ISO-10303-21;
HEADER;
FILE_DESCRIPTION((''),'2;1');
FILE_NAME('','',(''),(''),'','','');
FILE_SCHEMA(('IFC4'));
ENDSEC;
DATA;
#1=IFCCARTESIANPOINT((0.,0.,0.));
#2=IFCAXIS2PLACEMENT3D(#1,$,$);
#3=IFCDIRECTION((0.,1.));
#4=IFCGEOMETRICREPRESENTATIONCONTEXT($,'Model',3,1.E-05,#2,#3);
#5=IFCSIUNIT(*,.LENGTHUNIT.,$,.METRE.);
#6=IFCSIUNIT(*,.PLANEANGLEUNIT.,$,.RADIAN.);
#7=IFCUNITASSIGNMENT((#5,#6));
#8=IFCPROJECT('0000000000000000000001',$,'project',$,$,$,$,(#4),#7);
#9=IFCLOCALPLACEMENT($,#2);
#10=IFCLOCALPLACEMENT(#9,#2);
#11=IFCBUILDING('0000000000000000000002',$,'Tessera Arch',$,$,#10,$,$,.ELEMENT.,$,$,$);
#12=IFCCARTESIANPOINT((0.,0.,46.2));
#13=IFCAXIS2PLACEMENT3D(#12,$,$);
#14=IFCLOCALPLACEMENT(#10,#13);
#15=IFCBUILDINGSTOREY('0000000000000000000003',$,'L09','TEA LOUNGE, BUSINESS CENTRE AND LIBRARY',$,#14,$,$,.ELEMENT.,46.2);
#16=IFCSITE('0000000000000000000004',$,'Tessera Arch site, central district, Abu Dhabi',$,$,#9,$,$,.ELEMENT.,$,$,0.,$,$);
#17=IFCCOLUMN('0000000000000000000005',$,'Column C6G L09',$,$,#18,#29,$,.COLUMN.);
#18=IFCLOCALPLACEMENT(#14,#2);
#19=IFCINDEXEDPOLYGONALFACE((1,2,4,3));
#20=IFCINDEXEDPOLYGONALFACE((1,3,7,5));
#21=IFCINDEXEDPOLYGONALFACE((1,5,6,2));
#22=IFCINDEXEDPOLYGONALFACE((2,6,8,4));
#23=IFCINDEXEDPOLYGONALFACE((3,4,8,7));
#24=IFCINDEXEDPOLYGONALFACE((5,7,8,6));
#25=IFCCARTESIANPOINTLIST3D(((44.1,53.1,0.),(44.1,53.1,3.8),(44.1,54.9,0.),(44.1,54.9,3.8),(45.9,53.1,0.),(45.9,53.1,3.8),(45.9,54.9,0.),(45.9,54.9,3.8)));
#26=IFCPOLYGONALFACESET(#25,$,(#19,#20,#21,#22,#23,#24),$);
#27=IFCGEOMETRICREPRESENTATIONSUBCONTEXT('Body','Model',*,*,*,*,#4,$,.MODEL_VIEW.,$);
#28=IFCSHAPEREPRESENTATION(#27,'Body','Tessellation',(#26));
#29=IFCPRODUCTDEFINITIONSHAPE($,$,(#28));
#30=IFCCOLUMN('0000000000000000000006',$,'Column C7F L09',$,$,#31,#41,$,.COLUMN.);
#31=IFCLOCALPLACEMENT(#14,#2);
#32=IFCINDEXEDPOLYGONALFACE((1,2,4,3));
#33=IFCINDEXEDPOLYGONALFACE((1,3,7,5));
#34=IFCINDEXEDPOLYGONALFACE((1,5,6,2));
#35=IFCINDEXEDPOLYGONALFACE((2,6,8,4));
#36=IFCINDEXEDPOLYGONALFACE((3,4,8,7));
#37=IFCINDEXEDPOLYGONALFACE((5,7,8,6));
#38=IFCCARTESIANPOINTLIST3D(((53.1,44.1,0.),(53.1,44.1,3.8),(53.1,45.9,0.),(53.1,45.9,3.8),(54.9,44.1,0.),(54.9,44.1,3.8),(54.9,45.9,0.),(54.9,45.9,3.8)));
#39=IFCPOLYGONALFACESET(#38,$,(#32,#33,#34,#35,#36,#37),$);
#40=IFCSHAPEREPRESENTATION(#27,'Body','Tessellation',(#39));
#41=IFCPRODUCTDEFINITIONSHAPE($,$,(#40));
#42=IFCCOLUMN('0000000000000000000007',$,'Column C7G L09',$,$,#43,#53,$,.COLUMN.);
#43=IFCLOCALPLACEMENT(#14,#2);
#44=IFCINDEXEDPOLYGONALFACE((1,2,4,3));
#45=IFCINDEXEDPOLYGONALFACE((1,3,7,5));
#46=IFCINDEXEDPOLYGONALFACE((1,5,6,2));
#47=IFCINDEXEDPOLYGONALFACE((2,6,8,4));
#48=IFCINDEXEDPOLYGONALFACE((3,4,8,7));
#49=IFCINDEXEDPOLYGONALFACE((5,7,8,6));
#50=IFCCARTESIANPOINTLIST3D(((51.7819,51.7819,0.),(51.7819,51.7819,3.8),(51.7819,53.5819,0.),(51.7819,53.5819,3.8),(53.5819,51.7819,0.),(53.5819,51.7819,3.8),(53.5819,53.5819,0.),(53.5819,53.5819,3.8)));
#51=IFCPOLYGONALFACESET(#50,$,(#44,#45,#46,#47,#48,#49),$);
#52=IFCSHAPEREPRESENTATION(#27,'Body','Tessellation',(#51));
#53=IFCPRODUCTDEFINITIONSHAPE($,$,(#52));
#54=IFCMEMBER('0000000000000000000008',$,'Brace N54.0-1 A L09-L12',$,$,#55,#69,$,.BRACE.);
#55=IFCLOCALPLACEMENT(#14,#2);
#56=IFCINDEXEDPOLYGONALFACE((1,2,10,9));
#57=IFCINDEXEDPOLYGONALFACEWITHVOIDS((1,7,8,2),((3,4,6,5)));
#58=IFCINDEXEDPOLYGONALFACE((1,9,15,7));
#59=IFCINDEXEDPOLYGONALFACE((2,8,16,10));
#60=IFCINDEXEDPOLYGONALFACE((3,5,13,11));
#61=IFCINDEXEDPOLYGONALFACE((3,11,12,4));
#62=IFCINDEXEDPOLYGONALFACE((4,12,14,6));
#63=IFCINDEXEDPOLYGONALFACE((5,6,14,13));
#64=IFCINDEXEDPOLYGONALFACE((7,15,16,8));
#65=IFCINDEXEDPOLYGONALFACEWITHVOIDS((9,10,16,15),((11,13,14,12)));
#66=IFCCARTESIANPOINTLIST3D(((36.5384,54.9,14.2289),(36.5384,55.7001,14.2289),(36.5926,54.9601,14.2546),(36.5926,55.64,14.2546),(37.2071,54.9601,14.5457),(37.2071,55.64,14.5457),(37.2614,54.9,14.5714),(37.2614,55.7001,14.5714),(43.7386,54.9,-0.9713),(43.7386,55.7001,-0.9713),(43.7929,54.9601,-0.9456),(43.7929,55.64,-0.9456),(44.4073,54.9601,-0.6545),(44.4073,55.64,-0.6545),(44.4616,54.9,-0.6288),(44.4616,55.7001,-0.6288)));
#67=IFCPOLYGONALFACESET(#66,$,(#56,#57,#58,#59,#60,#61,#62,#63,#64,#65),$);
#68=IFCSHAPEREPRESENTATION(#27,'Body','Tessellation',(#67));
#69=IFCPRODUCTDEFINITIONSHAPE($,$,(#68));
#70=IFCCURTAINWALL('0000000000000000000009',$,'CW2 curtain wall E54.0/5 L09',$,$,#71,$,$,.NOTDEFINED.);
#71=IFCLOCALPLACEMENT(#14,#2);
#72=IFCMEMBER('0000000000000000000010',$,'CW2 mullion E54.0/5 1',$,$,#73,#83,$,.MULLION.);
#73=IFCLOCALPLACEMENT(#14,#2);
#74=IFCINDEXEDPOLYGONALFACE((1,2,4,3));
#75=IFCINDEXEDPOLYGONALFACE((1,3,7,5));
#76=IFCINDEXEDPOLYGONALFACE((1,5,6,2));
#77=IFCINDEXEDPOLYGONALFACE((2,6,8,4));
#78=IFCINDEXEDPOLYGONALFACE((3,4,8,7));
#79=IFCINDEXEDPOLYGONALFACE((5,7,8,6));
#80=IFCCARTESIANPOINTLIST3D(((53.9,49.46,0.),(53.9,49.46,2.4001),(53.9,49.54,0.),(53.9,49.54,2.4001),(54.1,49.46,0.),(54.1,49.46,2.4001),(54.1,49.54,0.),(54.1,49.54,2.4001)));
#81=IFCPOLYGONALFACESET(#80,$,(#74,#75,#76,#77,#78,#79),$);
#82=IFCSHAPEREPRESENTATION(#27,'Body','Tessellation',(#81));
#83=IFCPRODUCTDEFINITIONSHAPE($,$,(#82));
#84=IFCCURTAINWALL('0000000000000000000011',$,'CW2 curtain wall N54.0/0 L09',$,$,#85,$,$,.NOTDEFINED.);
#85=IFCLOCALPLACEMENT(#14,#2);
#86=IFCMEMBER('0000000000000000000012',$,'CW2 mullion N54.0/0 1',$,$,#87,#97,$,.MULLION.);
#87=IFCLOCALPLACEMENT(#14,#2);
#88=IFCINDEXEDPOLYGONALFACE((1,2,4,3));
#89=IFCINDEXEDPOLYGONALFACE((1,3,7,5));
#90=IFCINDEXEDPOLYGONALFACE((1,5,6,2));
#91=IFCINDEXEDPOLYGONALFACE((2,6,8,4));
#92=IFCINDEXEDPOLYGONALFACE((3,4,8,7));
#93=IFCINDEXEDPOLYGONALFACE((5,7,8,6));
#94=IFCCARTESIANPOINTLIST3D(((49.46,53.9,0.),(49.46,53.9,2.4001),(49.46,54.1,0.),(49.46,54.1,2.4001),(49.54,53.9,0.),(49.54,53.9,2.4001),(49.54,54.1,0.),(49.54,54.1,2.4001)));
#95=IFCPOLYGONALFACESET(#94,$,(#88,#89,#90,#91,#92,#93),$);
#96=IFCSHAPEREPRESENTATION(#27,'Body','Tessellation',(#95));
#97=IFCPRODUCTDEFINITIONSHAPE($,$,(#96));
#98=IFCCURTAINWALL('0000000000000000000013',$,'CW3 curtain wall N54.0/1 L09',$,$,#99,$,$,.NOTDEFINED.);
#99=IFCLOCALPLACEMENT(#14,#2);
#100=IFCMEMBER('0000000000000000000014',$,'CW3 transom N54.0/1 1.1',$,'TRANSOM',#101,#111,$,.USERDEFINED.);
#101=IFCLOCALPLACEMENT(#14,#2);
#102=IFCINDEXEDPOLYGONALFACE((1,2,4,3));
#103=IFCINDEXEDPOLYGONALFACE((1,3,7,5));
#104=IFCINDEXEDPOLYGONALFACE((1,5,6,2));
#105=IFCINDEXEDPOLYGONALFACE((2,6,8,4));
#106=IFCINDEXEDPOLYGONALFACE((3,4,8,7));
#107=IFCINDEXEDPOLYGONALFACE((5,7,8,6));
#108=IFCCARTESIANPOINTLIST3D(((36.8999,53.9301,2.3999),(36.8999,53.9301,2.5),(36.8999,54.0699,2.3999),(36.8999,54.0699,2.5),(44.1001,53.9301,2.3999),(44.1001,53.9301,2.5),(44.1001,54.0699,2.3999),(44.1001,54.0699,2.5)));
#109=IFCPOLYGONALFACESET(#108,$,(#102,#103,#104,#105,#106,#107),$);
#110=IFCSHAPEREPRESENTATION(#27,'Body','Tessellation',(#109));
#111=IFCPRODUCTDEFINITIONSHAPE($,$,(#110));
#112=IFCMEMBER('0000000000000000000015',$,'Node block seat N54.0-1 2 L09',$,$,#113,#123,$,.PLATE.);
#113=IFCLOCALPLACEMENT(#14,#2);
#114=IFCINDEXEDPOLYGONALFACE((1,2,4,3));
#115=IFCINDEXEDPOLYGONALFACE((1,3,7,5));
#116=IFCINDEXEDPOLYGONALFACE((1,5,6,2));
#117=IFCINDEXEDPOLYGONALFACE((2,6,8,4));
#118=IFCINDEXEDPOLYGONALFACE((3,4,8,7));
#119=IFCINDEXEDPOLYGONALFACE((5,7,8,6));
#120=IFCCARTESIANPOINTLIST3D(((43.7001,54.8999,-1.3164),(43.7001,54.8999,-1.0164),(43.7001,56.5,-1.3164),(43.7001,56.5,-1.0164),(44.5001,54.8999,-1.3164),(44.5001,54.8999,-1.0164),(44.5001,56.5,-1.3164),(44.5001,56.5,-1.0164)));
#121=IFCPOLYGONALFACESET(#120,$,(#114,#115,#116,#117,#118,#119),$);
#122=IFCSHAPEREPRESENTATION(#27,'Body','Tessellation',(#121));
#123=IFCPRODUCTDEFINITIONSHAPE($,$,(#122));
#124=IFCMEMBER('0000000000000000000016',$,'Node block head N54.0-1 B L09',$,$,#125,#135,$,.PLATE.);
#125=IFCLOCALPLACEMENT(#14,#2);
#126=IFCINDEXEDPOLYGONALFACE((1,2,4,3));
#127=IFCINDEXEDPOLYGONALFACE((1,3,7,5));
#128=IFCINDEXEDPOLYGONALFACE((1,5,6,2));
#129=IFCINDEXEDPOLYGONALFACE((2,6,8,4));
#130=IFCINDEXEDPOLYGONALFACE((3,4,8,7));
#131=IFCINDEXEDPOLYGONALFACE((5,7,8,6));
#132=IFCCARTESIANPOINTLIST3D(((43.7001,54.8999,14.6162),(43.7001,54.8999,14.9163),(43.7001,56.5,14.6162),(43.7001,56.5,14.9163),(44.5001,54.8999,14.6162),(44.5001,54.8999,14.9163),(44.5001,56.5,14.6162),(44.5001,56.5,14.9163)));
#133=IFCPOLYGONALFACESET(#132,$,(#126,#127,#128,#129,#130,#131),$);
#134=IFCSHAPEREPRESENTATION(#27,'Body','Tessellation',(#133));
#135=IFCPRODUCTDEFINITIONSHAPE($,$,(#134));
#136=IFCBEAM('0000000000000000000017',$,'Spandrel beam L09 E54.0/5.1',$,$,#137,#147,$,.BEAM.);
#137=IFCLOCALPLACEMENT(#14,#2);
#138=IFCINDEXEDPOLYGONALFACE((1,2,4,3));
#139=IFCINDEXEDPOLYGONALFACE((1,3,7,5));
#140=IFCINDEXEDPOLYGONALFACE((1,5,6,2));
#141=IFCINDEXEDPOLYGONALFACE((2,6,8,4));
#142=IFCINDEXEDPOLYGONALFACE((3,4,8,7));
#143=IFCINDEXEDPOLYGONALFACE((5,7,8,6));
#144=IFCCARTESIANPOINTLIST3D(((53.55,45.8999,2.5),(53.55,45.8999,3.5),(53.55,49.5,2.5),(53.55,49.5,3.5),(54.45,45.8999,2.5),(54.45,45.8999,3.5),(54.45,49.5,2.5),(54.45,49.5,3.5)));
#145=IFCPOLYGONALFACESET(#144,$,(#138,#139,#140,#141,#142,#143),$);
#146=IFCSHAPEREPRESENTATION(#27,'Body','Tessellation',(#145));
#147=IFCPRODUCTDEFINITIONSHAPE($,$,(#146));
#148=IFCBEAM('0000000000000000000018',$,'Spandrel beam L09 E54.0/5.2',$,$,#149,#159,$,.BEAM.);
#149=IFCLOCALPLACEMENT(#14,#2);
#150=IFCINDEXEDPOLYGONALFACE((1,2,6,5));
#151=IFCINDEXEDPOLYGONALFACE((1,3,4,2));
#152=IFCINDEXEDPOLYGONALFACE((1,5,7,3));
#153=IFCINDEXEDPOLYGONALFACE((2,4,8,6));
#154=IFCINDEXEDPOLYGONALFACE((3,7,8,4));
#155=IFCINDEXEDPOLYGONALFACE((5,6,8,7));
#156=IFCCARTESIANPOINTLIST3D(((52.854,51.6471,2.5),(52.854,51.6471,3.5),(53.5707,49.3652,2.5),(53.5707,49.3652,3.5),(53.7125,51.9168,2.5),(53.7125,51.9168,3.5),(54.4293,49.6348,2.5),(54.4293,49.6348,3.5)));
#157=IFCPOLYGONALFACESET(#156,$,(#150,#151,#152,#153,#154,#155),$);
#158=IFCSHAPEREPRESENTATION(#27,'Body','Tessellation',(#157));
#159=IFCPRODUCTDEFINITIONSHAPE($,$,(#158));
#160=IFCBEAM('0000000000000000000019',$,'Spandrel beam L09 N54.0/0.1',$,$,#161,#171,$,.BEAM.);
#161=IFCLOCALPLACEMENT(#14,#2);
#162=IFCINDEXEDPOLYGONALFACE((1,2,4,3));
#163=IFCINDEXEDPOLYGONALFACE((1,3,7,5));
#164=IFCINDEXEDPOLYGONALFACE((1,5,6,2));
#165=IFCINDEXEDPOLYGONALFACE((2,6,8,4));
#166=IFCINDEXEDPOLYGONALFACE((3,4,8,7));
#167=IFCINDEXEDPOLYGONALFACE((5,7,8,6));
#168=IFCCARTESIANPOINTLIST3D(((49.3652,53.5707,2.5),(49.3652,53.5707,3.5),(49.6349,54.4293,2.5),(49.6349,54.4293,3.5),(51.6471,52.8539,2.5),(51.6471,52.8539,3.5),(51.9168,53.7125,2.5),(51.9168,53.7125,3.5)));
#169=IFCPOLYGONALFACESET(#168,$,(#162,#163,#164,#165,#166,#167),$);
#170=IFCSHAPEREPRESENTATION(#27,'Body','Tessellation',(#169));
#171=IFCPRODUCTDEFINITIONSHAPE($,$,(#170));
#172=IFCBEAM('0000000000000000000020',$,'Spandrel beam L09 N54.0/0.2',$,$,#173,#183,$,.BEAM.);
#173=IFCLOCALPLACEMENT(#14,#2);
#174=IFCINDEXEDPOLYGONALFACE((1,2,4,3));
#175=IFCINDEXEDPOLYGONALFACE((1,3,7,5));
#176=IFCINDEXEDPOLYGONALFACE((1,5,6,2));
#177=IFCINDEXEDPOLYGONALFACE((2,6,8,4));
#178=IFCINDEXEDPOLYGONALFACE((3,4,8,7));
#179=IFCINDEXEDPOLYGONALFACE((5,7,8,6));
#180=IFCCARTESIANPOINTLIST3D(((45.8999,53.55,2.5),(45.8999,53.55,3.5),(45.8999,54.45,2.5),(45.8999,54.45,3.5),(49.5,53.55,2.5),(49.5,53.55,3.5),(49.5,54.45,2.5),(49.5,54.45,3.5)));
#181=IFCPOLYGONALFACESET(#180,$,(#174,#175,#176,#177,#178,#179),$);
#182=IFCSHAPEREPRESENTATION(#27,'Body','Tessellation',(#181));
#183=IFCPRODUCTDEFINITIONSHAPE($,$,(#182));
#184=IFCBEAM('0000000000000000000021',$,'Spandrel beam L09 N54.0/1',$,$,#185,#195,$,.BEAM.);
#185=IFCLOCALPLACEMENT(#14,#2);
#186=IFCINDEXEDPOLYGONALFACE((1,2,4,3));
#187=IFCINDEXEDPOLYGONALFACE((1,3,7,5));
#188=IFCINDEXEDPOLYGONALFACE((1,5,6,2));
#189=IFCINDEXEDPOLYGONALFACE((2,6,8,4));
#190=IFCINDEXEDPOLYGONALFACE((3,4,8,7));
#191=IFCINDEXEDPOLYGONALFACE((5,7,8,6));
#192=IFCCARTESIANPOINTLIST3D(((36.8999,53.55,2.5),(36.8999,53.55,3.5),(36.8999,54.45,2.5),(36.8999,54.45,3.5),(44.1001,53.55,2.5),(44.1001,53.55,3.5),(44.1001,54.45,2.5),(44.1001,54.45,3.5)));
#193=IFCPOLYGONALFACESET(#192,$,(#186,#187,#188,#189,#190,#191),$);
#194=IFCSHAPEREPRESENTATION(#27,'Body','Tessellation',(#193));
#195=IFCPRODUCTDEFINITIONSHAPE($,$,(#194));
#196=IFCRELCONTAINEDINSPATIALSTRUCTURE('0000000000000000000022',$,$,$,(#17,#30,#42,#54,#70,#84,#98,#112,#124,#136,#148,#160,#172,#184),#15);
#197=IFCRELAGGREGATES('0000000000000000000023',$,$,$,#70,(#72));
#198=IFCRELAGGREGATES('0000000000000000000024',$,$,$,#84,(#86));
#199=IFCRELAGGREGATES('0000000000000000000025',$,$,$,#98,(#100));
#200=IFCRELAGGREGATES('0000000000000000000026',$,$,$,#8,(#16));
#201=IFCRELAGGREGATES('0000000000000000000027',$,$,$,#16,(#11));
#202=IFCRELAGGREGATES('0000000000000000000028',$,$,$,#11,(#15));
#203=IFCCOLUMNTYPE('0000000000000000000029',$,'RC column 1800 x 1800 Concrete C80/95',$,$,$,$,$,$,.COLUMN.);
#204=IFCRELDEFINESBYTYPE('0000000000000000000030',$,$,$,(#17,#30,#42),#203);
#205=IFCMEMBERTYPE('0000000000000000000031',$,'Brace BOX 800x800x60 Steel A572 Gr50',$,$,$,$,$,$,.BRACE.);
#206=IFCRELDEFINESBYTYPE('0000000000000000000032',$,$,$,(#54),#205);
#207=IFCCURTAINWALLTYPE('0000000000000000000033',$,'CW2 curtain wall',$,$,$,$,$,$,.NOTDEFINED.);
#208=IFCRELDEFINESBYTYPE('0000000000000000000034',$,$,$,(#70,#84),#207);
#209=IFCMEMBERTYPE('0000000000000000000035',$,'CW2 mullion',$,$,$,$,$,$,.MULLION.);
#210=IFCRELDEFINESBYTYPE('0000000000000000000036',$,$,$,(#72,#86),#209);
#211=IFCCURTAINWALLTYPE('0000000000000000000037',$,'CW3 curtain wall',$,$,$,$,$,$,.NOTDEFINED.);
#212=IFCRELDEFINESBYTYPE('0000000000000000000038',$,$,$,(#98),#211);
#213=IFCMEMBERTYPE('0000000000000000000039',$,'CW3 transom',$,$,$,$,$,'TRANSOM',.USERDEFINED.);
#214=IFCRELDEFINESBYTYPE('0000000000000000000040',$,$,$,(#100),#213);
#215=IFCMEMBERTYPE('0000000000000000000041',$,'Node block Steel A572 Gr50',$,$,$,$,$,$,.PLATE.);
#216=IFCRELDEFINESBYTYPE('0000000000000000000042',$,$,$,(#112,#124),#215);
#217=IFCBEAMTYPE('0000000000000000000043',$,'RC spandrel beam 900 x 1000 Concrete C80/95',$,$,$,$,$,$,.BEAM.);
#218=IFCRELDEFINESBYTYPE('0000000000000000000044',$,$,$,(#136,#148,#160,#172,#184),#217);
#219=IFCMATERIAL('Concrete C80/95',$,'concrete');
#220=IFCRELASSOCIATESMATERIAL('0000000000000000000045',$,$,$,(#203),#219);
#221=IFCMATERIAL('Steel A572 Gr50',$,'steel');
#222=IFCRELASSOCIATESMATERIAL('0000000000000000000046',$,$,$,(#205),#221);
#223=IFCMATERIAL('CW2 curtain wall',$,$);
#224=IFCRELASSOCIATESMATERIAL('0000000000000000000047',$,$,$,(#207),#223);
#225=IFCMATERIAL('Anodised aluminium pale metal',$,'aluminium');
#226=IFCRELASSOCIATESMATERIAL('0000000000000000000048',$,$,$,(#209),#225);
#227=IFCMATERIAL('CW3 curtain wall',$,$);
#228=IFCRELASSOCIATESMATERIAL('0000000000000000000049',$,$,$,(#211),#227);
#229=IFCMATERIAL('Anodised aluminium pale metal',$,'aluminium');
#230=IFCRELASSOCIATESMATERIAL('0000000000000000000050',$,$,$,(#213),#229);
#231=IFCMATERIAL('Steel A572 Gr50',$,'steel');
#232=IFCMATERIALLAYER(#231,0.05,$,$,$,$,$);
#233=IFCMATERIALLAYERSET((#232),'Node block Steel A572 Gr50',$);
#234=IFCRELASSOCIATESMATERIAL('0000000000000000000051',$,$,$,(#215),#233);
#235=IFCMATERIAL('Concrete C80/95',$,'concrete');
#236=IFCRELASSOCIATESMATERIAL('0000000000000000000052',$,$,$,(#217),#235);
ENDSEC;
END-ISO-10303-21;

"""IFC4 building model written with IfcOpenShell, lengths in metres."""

from ifc_helpers import new_model, si_unit, direction, frame, origin, origin_2d, place, context, subcontext, project, spatial, rectangle, hollow_rectangle, extrude, material, layer, layer_set, material_profile, profile_set, type_object, element, aggregate, save


model = new_model("IFC4")

# Units and contexts
model_context = context("Model", 3, precision=1e-05, world=origin(), true_north=direction((0.0, 1.0)))
body_context = subcontext(model_context, "Body", "Model", "MODEL_VIEW")
ifc_project = project(units=[si_unit("LENGTHUNIT", "METRE"), si_unit("PLANEANGLEUNIT", "RADIAN")], contexts=[model_context])

# Site, building, storey
site_placement = place(None, origin())
site = spatial("IfcSite", under=ifc_project, at=site_placement, Name="Tessera Arch site, central district, Abu Dhabi", CompositionType="ELEMENT", RefElevation=0.0)
building_placement = place(site_placement, origin())
building = spatial("IfcBuilding", under=site, at=building_placement, Name="Tessera Arch", CompositionType="ELEMENT")
storey_placement = place(building_placement, frame((0.0, 0.0, 46.2)))
storey = spatial("IfcBuildingStorey", under=building, at=storey_placement, Name="L09", Description="TEA LOUNGE, BUSINESS CENTRE AND LIBRARY", CompositionType="ELEMENT", Elevation=46.2)

# Columns
ifc_material_1 = material(Name="Concrete C80/95", Category="concrete")
ifc_material_profile_1 = material_profile(ifc_material_1, rectangle(XDim=1.8, YDim=1.8, at=origin_2d()), Name="RC column 1800 x 1800 Concrete C80/95")
ifc_profile_set_1 = profile_set([ifc_material_profile_1], Name="Concrete C80/95")
column_type = type_object("IfcColumnType", Name="RC column 1800 x 1800 Concrete C80/95", PredefinedType="COLUMN", material=ifc_profile_set_1)
for number, where, z_axis, x_axis, name in (
    (1, (45.0, 54.0, 0.0), (0.0, 0.0, 1.0), (1.0, 0.0, 0.0), "Column C6G L09"),
    (2, (54.0, 45.0, 0.0), (0.0, 0.0, 1.0), (1.0, 0.0, 0.0), "Column C7F L09"),
    (3, (52.6819, 52.6819, 0.0), (0.0, 0.0, 1.0), (1.0, 0.0, 0.0), "Column C7G L09"),
):
    element("IfcColumn", number, at=place(storey_placement, frame(where, z_axis=z_axis, x_axis=x_axis)), inside=storey, type_object=column_type, Name=name, PredefinedType="COLUMN", context=body_context, shape_type="SweptSolid", body=[
        extrude(rectangle(XDim=1.8, YDim=1.8, at=origin_2d()), origin(), (0.0, 0.0, 1.0), 3.8),
    ])

# Member
ifc_material_2 = material(Name="Steel A572 Gr50", Category="steel")
ifc_material_profile_2 = material_profile(ifc_material_2, hollow_rectangle(XDim=0.8, YDim=0.8, WallThickness=0.0601, at=origin_2d()), Name="BOX 800x800x60")
ifc_profile_set_2 = profile_set([ifc_material_profile_2], Name="Steel A572 Gr50")
member_type_1 = type_object("IfcMemberType", Name="Brace BOX 800x800x60 Steel A572 Gr50", PredefinedType="BRACE", material=ifc_profile_set_2)
member_1_placement = place(storey_placement, frame((44.1001, 55.3, -0.8), z_axis=(-0.428091, 0.0, 0.903735), x_axis=(0.0, -1.0, 0.0)))
element("IfcMember", 4, at=member_1_placement, inside=storey, type_object=member_type_1, Name="Brace N54.0-1 A L09-L12", PredefinedType="BRACE", context=body_context, shape_type="SweptSolid", body=[
    extrude(hollow_rectangle(XDim=0.8, YDim=0.8, WallThickness=0.0601, at=origin_2d()), origin(), (0.0, 0.0, 1.0), 16.8193),
])

# Curtain walls, members
ifc_material_3 = material(Name="CW2 curtain wall")
curtain_wall_type_1 = type_object("IfcCurtainWallType", Name="CW2 curtain wall", PredefinedType="NOTDEFINED", material=ifc_material_3)
curtain_wall_1_placement = place(storey_placement, origin())
curtain_wall_1 = element("IfcCurtainWall", 5, at=curtain_wall_1_placement, inside=storey, type_object=curtain_wall_type_1, Name="CW2 curtain wall E54.0/5 L09", PredefinedType="NOTDEFINED")
ifc_material_4 = material(Name="Anodised aluminium pale metal", Category="aluminium")
ifc_material_profile_3 = material_profile(ifc_material_4, rectangle(XDim=0.2, YDim=0.0801, at=origin_2d()), Name="AL 80x200")
ifc_profile_set_3 = profile_set([ifc_material_profile_3], Name="Anodised aluminium pale metal")
member_type_2 = type_object("IfcMemberType", Name="CW2 mullion", PredefinedType="MULLION", material=ifc_profile_set_3)
member_2_placement = place(storey_placement, frame((54.0, 49.5, 0.0), z_axis=(0.0, 0.0, 1.0), x_axis=(-1.0, 0.0, 0.0)))
member_2 = element("IfcMember", 6, at=member_2_placement, type_object=member_type_2, Name="CW2 mullion E54.0/5 1", PredefinedType="MULLION", context=body_context, shape_type="SweptSolid", body=[
    extrude(rectangle(XDim=0.2, YDim=0.0801, at=origin_2d()), origin(), (0.0, 0.0, 1.0), 2.4001),
])
curtain_wall_2_placement = place(storey_placement, origin())
curtain_wall_2 = element("IfcCurtainWall", 7, at=curtain_wall_2_placement, inside=storey, type_object=curtain_wall_type_1, Name="CW2 curtain wall N54.0/0 L09", PredefinedType="NOTDEFINED")
member_3_placement = place(storey_placement, frame((49.5, 54.0, 0.0), z_axis=(0.0, 0.0, 1.0), x_axis=(0.0, -1.0, 0.0)))
member_3 = element("IfcMember", 8, at=member_3_placement, type_object=member_type_2, Name="CW2 mullion N54.0/0 1", PredefinedType="MULLION", context=body_context, shape_type="SweptSolid", body=[
    extrude(rectangle(XDim=0.2, YDim=0.0801, at=origin_2d()), origin(), (0.0, 0.0, 1.0), 2.4001),
])
ifc_material_5 = material(Name="CW3 curtain wall")
curtain_wall_type_2 = type_object("IfcCurtainWallType", Name="CW3 curtain wall", PredefinedType="NOTDEFINED", material=ifc_material_5)
curtain_wall_3_placement = place(storey_placement, origin())
curtain_wall_3 = element("IfcCurtainWall", 9, at=curtain_wall_3_placement, inside=storey, type_object=curtain_wall_type_2, Name="CW3 curtain wall N54.0/1 L09", PredefinedType="NOTDEFINED")
ifc_material_6 = material(Name="Anodised aluminium pale metal", Category="aluminium")
ifc_material_profile_4 = material_profile(ifc_material_6, rectangle(XDim=0.1399, YDim=0.1001, at=origin_2d()), Name="AL 140x100")
ifc_profile_set_4 = profile_set([ifc_material_profile_4], Name="Anodised aluminium pale metal")
member_type_3 = type_object("IfcMemberType", Name="CW3 transom", ElementType="TRANSOM", PredefinedType="USERDEFINED", material=ifc_profile_set_4)
member_4_placement = place(storey_placement, frame((44.1001, 54.0, 2.45), z_axis=(-1.0, 0.0, 0.0), x_axis=(0.0, -1.0, 0.0)))
member_4 = element("IfcMember", 10, at=member_4_placement, type_object=member_type_3, Name="CW3 transom N54.0/1 1.1", ObjectType="TRANSOM", PredefinedType="USERDEFINED", context=body_context, shape_type="SweptSolid", body=[
    extrude(rectangle(XDim=0.1399, YDim=0.1001, at=origin_2d()), origin(), (0.0, 0.0, 1.0), 7.2002),
])

# Members
ifc_material_7 = material(Name="Steel A572 Gr50", Category="steel")
ifc_layer_1 = layer(ifc_material_7, 0.05)
ifc_layer_set_1 = layer_set([ifc_layer_1], Name="Node block Steel A572 Gr50")
member_type_4 = type_object("IfcMemberType", Name="Node block Steel A572 Gr50", PredefinedType="PLATE", material=ifc_layer_set_1)
for number, where, z_axis, x_axis, name in (
    (11, (44.1001, 55.7, -1.3164), (0.0, 0.0, 1.0), (-1.0, 0.0, 0.0), "Node block seat N54.0-1 2 L09"),
    (12, (44.1001, 55.7, 14.6162), (0.0, 0.0, 1.0), (-1.0, 0.0, 0.0), "Node block head N54.0-1 B L09"),
):
    element("IfcMember", number, at=place(storey_placement, frame(where, z_axis=z_axis, x_axis=x_axis)), inside=storey, type_object=member_type_4, Name=name, PredefinedType="PLATE", context=body_context, shape_type="SweptSolid", body=[
        extrude(rectangle(XDim=0.8, YDim=1.6001, at=origin_2d()), origin(), (0.0, 0.0, 1.0), 0.3),
    ])

# Beams
ifc_material_8 = material(Name="Concrete C80/95", Category="concrete")
ifc_material_profile_5 = material_profile(ifc_material_8, rectangle(XDim=0.8999, YDim=1.0, at=origin_2d()), Name="RC spandrel beam 900 x 1000 Concrete C80/95")
ifc_profile_set_5 = profile_set([ifc_material_profile_5], Name="Concrete C80/95")
beam_type = type_object("IfcBeamType", Name="RC spandrel beam 900 x 1000 Concrete C80/95", PredefinedType="BEAM", material=ifc_profile_set_5)
beam_1_placement = place(storey_placement, frame((54.0, 45.8999, 3.0), z_axis=(0.0, 1.0, 0.0), x_axis=(-1.0, 0.0, 0.0)))
element("IfcBeam", 13, at=beam_1_placement, inside=storey, type_object=beam_type, Name="Spandrel beam L09 E54.0/5.1", PredefinedType="BEAM", context=body_context, shape_type="SweptSolid", body=[
    extrude(rectangle(XDim=0.8999, YDim=1.0, at=origin_2d()), origin(), (0.0, 0.0, 1.0), 3.6001),
])
for number, where, z_axis, x_axis, name in (
    (14, (54.0, 49.5, 3.0), (-0.299675, 0.954041, 0.0), (-0.954041, -0.299675, 0.0), "Spandrel beam L09 E54.0/5.2"),
    (15, (51.782, 53.2832, 3.0), (-0.954041, 0.299675, 0.0), (-0.299675, -0.954041, 0.0), "Spandrel beam L09 N54.0/0.1"),
):
    element("IfcBeam", number, at=place(storey_placement, frame(where, z_axis=z_axis, x_axis=x_axis)), inside=storey, type_object=beam_type, Name=name, PredefinedType="BEAM", context=body_context, shape_type="SweptSolid", body=[
        extrude(rectangle(XDim=0.8999, YDim=1.0, at=origin_2d()), origin(), (0.0, 0.0, 1.0), 2.3918),
    ])
beam_2_placement = place(storey_placement, frame((49.5, 54.0, 3.0), z_axis=(-1.0, 0.0, 0.0), x_axis=(0.0, -1.0, 0.0)))
element("IfcBeam", 16, at=beam_2_placement, inside=storey, type_object=beam_type, Name="Spandrel beam L09 N54.0/0.2", PredefinedType="BEAM", context=body_context, shape_type="SweptSolid", body=[
    extrude(rectangle(XDim=0.8999, YDim=1.0, at=origin_2d()), origin(), (0.0, 0.0, 1.0), 3.6001),
])
beam_3_placement = place(storey_placement, frame((44.1001, 54.0, 3.0), z_axis=(-1.0, 0.0, 0.0), x_axis=(0.0, -1.0, 0.0)))
element("IfcBeam", 17, at=beam_3_placement, inside=storey, type_object=beam_type, Name="Spandrel beam L09 N54.0/1", PredefinedType="BEAM", context=body_context, shape_type="SweptSolid", body=[
    extrude(rectangle(XDim=0.8999, YDim=1.0, at=origin_2d()), origin(), (0.0, 0.0, 1.0), 7.2002),
])

aggregate(curtain_wall_1, [member_2])
aggregate(curtain_wall_2, [member_3])
aggregate(curtain_wall_3, [member_4])

save(model, "model.ifc")
